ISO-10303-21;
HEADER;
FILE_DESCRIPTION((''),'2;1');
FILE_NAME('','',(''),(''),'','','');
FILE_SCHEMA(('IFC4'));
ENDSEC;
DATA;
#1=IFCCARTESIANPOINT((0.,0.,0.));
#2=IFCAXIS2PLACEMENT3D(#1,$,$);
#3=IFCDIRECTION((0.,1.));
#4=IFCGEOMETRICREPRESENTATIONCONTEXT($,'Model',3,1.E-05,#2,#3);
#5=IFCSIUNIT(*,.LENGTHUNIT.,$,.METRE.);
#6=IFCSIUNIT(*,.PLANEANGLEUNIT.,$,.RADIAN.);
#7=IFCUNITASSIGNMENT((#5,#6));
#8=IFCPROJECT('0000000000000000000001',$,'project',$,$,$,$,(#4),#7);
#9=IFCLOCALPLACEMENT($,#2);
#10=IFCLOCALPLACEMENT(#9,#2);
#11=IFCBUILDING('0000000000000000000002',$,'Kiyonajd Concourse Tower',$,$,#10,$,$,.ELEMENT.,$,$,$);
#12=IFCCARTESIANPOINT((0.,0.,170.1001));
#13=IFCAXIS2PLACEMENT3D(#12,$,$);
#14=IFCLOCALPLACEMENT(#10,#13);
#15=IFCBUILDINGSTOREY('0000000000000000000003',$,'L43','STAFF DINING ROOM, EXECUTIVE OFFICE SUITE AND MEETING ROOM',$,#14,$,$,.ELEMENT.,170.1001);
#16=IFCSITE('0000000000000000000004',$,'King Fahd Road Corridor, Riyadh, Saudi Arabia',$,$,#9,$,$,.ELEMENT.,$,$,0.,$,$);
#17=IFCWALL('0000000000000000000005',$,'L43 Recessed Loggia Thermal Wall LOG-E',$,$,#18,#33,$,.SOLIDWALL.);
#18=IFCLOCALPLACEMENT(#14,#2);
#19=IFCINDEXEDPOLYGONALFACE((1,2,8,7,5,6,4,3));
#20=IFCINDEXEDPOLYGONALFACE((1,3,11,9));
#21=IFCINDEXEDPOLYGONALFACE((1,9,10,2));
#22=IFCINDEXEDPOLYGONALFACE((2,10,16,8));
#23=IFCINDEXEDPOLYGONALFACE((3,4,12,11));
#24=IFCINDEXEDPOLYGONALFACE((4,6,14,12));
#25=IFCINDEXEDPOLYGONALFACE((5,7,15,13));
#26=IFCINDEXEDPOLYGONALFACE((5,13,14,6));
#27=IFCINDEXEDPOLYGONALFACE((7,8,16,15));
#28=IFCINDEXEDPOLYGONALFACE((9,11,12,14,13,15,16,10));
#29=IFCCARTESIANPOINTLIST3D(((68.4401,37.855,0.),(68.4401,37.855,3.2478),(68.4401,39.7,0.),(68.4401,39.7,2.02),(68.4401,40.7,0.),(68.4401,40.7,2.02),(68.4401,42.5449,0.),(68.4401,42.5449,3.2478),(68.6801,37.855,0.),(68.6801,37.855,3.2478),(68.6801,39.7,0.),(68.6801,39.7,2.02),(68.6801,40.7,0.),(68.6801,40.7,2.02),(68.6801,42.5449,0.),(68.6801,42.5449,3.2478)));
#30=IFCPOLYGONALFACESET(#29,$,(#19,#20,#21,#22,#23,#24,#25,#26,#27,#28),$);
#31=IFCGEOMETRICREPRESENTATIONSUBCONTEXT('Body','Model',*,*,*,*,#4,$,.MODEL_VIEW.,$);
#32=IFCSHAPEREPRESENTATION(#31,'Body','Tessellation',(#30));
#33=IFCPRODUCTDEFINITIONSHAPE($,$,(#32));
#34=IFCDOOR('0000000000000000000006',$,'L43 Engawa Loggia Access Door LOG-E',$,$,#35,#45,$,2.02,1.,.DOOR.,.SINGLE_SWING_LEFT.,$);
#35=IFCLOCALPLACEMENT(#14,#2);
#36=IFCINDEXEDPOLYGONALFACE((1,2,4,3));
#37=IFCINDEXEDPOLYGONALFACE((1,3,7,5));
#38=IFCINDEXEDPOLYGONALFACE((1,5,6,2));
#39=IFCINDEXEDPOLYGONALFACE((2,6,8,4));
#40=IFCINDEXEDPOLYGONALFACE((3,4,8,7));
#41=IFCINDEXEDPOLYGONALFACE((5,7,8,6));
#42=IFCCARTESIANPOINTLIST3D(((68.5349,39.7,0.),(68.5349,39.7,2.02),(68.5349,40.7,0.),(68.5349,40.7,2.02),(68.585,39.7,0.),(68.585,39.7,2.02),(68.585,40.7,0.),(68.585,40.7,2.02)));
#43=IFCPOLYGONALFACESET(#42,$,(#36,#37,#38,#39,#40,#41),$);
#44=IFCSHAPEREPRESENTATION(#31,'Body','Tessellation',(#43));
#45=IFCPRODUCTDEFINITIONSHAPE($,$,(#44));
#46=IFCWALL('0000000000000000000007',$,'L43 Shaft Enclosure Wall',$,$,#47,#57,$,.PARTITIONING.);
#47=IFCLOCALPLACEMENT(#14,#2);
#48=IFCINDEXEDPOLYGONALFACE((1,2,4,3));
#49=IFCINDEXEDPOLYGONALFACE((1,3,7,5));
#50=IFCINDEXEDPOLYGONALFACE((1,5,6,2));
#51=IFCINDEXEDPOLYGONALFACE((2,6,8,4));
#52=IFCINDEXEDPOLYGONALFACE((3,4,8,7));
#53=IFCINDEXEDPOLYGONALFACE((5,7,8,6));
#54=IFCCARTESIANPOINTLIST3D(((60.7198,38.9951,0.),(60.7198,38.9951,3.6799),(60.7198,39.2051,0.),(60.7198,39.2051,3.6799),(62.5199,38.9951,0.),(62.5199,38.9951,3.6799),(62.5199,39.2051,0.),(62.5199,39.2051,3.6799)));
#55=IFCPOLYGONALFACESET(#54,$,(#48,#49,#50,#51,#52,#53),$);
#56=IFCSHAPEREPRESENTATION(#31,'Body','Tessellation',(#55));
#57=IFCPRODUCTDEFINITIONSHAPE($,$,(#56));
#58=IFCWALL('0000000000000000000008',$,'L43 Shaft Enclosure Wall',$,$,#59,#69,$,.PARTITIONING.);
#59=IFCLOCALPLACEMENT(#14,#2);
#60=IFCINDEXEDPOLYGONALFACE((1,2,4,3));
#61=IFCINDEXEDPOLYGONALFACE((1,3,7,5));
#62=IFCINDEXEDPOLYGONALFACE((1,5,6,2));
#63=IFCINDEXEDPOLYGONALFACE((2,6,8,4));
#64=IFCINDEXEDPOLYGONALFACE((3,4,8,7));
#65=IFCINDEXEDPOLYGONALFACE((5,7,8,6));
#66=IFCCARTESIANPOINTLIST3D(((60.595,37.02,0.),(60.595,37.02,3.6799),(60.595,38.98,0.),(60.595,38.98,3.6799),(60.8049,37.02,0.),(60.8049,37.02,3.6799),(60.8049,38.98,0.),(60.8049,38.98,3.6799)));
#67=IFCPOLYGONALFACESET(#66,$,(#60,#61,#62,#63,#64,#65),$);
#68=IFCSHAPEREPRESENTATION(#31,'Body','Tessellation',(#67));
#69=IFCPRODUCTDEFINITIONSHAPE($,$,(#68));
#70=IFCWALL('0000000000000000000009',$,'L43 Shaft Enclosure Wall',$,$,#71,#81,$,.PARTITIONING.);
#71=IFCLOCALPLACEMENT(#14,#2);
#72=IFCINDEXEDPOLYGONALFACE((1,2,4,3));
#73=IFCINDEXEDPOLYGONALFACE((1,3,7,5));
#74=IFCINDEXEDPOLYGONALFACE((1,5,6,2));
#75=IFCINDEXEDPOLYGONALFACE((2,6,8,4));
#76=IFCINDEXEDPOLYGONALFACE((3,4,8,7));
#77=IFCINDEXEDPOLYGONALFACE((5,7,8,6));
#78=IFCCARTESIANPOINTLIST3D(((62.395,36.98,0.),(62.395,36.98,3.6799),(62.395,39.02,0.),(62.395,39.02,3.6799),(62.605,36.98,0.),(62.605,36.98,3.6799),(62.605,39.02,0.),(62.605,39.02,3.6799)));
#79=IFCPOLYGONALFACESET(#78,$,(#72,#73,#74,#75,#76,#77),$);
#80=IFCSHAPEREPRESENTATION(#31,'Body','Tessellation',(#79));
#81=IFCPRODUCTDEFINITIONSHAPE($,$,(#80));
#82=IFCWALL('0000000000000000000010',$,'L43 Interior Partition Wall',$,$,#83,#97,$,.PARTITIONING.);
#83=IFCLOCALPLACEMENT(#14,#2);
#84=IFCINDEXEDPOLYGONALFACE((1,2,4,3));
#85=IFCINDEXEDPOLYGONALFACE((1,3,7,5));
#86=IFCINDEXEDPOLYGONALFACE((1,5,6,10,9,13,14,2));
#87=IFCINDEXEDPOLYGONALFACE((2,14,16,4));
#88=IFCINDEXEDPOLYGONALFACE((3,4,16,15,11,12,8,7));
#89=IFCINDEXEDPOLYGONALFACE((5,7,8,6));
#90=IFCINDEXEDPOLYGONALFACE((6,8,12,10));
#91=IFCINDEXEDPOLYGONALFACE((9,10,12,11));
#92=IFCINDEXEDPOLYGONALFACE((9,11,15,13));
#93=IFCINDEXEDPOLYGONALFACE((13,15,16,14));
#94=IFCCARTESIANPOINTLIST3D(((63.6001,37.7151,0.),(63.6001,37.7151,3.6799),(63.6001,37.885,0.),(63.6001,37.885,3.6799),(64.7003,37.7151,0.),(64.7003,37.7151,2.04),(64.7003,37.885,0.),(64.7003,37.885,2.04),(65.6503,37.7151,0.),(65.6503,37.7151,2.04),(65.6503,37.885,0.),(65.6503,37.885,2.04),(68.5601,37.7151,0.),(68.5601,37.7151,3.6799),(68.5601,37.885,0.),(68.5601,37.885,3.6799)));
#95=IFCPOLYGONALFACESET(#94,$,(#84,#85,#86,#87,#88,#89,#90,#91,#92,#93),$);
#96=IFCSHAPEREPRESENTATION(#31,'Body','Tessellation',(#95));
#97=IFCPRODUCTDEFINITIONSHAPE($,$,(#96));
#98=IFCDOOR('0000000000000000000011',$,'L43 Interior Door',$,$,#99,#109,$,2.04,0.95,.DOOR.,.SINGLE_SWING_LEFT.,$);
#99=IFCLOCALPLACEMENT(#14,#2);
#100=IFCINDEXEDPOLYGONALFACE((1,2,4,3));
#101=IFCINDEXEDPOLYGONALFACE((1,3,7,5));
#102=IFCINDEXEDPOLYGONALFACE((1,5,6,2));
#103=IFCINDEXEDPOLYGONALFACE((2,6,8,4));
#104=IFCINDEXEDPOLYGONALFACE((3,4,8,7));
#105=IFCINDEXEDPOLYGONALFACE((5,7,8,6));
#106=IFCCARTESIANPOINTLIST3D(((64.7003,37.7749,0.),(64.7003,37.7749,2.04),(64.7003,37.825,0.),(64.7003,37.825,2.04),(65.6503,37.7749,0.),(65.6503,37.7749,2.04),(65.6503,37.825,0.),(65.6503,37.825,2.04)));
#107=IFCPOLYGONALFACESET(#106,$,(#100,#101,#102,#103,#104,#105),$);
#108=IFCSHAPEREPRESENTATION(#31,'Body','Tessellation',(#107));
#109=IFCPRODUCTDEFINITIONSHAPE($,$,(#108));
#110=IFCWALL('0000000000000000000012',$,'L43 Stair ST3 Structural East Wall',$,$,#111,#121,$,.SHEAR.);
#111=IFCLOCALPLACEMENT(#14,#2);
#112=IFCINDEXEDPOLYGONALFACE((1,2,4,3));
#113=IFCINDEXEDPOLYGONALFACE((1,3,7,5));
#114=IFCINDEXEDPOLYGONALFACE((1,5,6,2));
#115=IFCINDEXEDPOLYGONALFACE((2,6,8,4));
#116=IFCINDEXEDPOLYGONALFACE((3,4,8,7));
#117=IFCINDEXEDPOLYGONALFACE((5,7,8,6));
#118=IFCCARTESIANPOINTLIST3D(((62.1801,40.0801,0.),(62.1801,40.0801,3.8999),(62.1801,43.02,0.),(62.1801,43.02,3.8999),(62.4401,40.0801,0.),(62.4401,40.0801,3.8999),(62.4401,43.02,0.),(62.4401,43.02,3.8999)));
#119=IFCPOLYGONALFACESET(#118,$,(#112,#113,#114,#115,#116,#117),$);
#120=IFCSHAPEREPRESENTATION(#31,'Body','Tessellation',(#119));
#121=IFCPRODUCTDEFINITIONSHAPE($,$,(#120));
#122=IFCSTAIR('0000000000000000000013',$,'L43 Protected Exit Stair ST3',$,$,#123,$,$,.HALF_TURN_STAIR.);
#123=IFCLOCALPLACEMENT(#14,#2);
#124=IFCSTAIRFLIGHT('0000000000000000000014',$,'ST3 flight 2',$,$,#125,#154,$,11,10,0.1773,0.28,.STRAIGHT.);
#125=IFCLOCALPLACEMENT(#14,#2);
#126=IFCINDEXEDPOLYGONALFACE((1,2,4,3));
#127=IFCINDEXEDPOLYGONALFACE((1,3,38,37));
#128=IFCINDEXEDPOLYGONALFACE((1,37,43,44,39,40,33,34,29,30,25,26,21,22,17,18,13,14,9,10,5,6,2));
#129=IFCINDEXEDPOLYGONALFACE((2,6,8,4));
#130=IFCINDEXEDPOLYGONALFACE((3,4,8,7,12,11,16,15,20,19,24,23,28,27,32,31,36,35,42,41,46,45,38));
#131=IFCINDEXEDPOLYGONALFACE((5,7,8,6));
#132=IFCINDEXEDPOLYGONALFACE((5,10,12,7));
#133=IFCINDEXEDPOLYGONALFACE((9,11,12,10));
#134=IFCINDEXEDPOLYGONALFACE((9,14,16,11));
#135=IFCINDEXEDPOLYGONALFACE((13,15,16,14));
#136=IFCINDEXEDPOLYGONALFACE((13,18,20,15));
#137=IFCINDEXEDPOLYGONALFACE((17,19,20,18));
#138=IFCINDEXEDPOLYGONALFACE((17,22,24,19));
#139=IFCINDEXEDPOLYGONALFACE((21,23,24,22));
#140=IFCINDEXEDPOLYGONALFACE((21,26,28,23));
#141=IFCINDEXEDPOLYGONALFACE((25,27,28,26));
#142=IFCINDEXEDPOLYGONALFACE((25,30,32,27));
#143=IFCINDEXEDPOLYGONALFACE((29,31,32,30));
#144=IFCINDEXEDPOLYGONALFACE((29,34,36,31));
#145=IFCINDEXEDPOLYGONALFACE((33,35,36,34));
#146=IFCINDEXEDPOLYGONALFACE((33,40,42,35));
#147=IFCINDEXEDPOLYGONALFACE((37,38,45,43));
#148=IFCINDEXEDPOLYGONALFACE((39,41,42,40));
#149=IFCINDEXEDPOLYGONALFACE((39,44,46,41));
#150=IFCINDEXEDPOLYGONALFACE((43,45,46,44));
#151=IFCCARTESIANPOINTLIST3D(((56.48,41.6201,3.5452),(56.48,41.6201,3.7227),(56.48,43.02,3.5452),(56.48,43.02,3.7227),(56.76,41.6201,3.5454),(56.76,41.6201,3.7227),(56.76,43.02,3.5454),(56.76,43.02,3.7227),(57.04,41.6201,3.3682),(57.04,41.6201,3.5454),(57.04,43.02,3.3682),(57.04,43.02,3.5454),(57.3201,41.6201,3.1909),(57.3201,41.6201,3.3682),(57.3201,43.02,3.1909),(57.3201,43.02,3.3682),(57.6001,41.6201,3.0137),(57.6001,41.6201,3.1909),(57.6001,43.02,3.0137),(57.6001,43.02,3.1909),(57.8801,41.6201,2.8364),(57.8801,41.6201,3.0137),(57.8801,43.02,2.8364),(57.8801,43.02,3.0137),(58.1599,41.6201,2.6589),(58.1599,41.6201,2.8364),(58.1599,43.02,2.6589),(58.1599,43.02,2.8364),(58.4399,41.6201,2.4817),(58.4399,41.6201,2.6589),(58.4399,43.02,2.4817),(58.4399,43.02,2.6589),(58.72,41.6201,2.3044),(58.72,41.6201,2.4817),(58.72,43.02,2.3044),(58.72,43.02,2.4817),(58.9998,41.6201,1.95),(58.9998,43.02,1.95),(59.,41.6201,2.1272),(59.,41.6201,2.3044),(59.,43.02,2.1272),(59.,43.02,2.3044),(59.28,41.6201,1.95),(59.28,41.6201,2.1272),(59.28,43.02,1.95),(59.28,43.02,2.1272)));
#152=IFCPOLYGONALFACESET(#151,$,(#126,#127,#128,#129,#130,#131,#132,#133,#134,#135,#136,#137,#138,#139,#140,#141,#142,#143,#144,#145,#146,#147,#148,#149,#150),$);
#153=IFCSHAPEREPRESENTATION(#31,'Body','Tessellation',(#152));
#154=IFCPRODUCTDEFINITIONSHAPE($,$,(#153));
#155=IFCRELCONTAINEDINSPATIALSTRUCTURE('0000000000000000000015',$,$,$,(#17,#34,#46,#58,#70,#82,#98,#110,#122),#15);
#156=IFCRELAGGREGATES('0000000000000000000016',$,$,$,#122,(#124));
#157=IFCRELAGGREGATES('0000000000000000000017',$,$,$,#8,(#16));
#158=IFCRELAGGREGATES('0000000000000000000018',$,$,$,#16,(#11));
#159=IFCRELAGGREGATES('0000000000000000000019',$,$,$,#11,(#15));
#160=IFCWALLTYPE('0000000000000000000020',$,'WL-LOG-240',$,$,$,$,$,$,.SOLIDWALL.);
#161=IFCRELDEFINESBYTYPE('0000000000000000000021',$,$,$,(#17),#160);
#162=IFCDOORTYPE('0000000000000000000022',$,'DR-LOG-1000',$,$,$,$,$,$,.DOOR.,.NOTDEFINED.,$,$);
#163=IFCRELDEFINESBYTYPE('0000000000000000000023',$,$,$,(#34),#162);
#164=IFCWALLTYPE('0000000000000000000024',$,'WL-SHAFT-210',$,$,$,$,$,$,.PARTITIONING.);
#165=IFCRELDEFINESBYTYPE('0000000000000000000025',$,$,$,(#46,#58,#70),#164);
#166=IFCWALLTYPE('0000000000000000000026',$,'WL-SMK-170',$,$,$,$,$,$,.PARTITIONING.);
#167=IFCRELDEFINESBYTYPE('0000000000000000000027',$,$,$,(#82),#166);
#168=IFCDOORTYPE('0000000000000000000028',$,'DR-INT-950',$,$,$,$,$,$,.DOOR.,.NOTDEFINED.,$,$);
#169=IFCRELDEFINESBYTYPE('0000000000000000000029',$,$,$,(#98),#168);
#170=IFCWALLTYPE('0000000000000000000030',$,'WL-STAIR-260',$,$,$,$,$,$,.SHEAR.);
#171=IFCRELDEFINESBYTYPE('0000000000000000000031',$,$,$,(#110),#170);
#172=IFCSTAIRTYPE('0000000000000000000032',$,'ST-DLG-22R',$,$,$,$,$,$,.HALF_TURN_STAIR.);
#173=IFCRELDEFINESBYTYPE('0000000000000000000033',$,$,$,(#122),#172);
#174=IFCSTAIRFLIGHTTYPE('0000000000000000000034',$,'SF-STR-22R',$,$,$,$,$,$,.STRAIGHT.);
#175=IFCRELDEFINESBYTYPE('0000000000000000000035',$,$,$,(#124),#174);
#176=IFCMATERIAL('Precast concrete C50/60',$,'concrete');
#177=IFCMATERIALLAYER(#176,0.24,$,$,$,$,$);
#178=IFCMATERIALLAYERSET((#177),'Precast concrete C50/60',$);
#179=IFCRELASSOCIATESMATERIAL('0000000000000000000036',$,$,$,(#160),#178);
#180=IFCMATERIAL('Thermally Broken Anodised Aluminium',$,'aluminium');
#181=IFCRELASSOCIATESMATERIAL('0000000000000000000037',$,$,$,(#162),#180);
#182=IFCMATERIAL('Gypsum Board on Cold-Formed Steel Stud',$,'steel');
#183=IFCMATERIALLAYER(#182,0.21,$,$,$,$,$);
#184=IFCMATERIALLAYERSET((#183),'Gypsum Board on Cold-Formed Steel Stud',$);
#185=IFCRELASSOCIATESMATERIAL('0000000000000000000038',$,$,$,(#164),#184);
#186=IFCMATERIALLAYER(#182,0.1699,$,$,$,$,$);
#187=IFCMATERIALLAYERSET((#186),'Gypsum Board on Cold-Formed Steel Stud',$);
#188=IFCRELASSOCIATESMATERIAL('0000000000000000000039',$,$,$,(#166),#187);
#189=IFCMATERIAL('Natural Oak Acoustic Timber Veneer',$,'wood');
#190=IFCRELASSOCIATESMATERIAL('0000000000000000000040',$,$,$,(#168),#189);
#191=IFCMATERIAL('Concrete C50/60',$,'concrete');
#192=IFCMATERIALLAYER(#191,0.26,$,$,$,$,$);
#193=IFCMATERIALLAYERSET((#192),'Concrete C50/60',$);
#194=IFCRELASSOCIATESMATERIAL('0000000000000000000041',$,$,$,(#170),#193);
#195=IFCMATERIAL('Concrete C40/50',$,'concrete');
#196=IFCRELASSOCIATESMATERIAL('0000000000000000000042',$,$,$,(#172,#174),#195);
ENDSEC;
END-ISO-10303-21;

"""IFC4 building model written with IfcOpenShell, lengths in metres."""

from ifc_helpers import new_model, si_unit, direction, frame, frame_2d, origin, place, context, subcontext, project, spatial, polyline, rectangle, outline, extrude, material, layer, layer_set, type_object, element, fill, aggregate, save


model = new_model("IFC4")

# Units and contexts
model_context = context("Model", 3, precision=1e-05, world=origin(), true_north=direction((0.0, 1.0)))
body_context = subcontext(model_context, "Body", "Model", "MODEL_VIEW")
ifc_project = project(units=[si_unit("LENGTHUNIT", "METRE"), si_unit("PLANEANGLEUNIT", "RADIAN")], contexts=[model_context])

# Site, building, storey
site_placement = place(None, origin())
site = spatial("IfcSite", under=ifc_project, at=site_placement, Name="King Fahd Road Corridor, Riyadh, Saudi Arabia", CompositionType="ELEMENT", RefElevation=0.0)
building_placement = place(site_placement, origin())
building = spatial("IfcBuilding", under=site, at=building_placement, Name="Kiyonajd Concourse Tower", CompositionType="ELEMENT")
storey_placement = place(building_placement, frame((0.0, 0.0, 170.1001)))
storey = spatial("IfcBuildingStorey", under=building, at=storey_placement, Name="L43", Description="STAFF DINING ROOM, EXECUTIVE OFFICE SUITE AND MEETING ROOM", CompositionType="ELEMENT", Elevation=170.1001)

# Shared definitions
ifc_material_1 = material(Name="Thermally Broken Anodised Aluminium", Category="aluminium")

# Shared definitions
ifc_material_2 = material(Name="Precast concrete C50/60", Category="concrete")

# Wall, opening, door
ifc_layer_1 = layer(ifc_material_2, 0.24)
ifc_layer_set_1 = layer_set([ifc_layer_1], Name="Precast concrete C50/60")
wall_type_1 = type_object("IfcWallType", Name="WL-LOG-240", PredefinedType="SOLIDWALL", material=ifc_layer_set_1)
wall_1_placement = place(storey_placement, frame((68.5601, 42.5449, 0.0), z_axis=(0.0, 0.0, 1.0), x_axis=(0.0, -1.0, 0.0)))
wall_1 = element("IfcWall", 1, at=wall_1_placement, inside=storey, type_object=wall_type_1, Name="L43 Recessed Loggia Thermal Wall LOG-E", PredefinedType="SOLIDWALL", context=body_context, shape_type="SweptSolid", body=[
    extrude(rectangle(XDim=4.6899, YDim=0.24, at=frame_2d((2.345, 0.0))), origin(), (0.0, 0.0, 1.0), 3.2478),
])
opening_1_placement = place(wall_1_placement, frame((1.845, 0.0, 0.0)))
opening_1 = element("IfcOpeningElement", 2, at=opening_1_placement, cuts=wall_1, PredefinedType="OPENING", context=body_context, shape_type="SweptSolid", body=[
    extrude(rectangle(XDim=1.0, YDim=2.02, at=frame_2d((0.5, 1.01))), frame((0.0, 0.1299, 0.0), z_axis=(0.0, -1.0, 0.0), x_axis=(1.0, 0.0, 0.0)), (0.0, 0.0, 1.0), 0.26),
])
door_type_1 = type_object("IfcDoorType", Name="DR-LOG-1000", OperationType="NOTDEFINED", PredefinedType="DOOR", material=ifc_material_1)
door_1_placement = place(opening_1_placement, origin())
door_1 = element("IfcDoor", 3, at=door_1_placement, inside=storey, type_object=door_type_1, Name="L43 Engawa Loggia Access Door LOG-E", OperationType="SINGLE_SWING_LEFT", OverallHeight=2.02, OverallWidth=1.0, PredefinedType="DOOR", context=body_context, shape_type="SweptSolid", body=[
    extrude(rectangle(XDim=1.0, YDim=2.02, at=frame_2d((0.5, 1.01))), frame((0.0, 0.0249, 0.0), z_axis=(0.0, -1.0, 0.0), x_axis=(1.0, 0.0, 0.0)), (0.0, 0.0, 1.0), 0.05),
])
fill(opening_1, door_1)

# Walls
ifc_material_3 = material(Name="Gypsum Board on Cold-Formed Steel Stud", Category="steel")
ifc_layer_2 = layer(ifc_material_3, 0.21)
ifc_layer_set_2 = layer_set([ifc_layer_2], Name="Gypsum Board on Cold-Formed Steel Stud")
wall_type_2 = type_object("IfcWallType", Name="WL-SHAFT-210", PredefinedType="PARTITIONING", material=ifc_layer_set_2)
wall_2_placement = place(storey_placement, frame((60.72, 39.1001, 0.0), z_axis=(0.0, 0.0, 1.0), x_axis=(1.0, 0.0, 0.0)))
element("IfcWall", 4, at=wall_2_placement, inside=storey, type_object=wall_type_2, Name="L43 Shaft Enclosure Wall", PredefinedType="PARTITIONING", context=body_context, shape_type="SweptSolid", body=[
    extrude(rectangle(XDim=1.8, YDim=0.21, at=frame_2d((0.8999, 0.0))), origin(), (0.0, 0.0, 1.0), 3.6799),
])
wall_3_placement = place(storey_placement, frame((60.7, 37.02, 0.0), z_axis=(0.0, 0.0, 1.0), x_axis=(0.0, 1.0, 0.0)))
element("IfcWall", 5, at=wall_3_placement, inside=storey, type_object=wall_type_2, Name="L43 Shaft Enclosure Wall", PredefinedType="PARTITIONING", context=body_context, shape_type="SweptSolid", body=[
    extrude(rectangle(XDim=1.96, YDim=0.21, at=frame_2d((0.98, 0.0))), origin(), (0.0, 0.0, 1.0), 3.6799),
])
wall_4_placement = place(storey_placement, frame((62.5, 36.98, 0.0), z_axis=(0.0, 0.0, 1.0), x_axis=(0.0, 1.0, 0.0)))
element("IfcWall", 6, at=wall_4_placement, inside=storey, type_object=wall_type_2, Name="L43 Shaft Enclosure Wall", PredefinedType="PARTITIONING", context=body_context, shape_type="SweptSolid", body=[
    extrude(rectangle(XDim=2.04, YDim=0.21, at=frame_2d((1.02, 0.0))), origin(), (0.0, 0.0, 1.0), 3.6799),
])

# Wall, opening, door
ifc_layer_3 = layer(ifc_material_3, 0.1699)
ifc_layer_set_3 = layer_set([ifc_layer_3], Name="Gypsum Board on Cold-Formed Steel Stud")
wall_type_3 = type_object("IfcWallType", Name="WL-SMK-170", PredefinedType="PARTITIONING", material=ifc_layer_set_3)
wall_5_placement = place(storey_placement, frame((63.6001, 37.8, 0.0), z_axis=(0.0, 0.0, 1.0), x_axis=(1.0, 0.0, 0.0)))
wall_5 = element("IfcWall", 7, at=wall_5_placement, inside=storey, type_object=wall_type_3, Name="L43 Interior Partition Wall", PredefinedType="PARTITIONING", context=body_context, shape_type="SweptSolid", body=[
    extrude(rectangle(XDim=4.96, YDim=0.1699, at=frame_2d((2.48, 0.0))), origin(), (0.0, 0.0, 1.0), 3.6799),
])
opening_2_placement = place(wall_5_placement, frame((1.1001, 0.0, 0.0)))
opening_2 = element("IfcOpeningElement", 8, at=opening_2_placement, cuts=wall_5, PredefinedType="OPENING", context=body_context, shape_type="SweptSolid", body=[
    extrude(rectangle(XDim=0.95, YDim=2.04, at=frame_2d((0.4751, 1.02))), frame((0.0, 0.095, 0.0), z_axis=(0.0, -1.0, 0.0), x_axis=(1.0, 0.0, 0.0)), (0.0, 0.0, 1.0), 0.1899),
])
ifc_material_4 = material(Name="Natural Oak Acoustic Timber Veneer", Category="wood")
door_type_2 = type_object("IfcDoorType", Name="DR-INT-950", OperationType="NOTDEFINED", PredefinedType="DOOR", material=ifc_material_4)
door_2_placement = place(opening_2_placement, origin())
door_2 = element("IfcDoor", 9, at=door_2_placement, inside=storey, type_object=door_type_2, Name="L43 Interior Door", OperationType="SINGLE_SWING_LEFT", OverallHeight=2.04, OverallWidth=0.95, PredefinedType="DOOR", context=body_context, shape_type="SweptSolid", body=[
    extrude(rectangle(XDim=0.95, YDim=2.04, at=frame_2d((0.4751, 1.02))), frame((0.0, 0.0249, 0.0), z_axis=(0.0, -1.0, 0.0), x_axis=(1.0, 0.0, 0.0)), (0.0, 0.0, 1.0), 0.05),
])
fill(opening_2, door_2)

# Wall
ifc_material_5 = material(Name="Concrete C50/60", Category="concrete")
ifc_layer_4 = layer(ifc_material_5, 0.26)
ifc_layer_set_4 = layer_set([ifc_layer_4], Name="Concrete C50/60")
wall_type_4 = type_object("IfcWallType", Name="WL-STAIR-260", PredefinedType="SHEAR", material=ifc_layer_set_4)
wall_6_placement = place(storey_placement, frame((62.3101, 40.0801, 0.0), z_axis=(0.0, 0.0, 1.0), x_axis=(0.0, 1.0, 0.0)))
element("IfcWall", 10, at=wall_6_placement, inside=storey, type_object=wall_type_4, Name="L43 Stair ST3 Structural East Wall", PredefinedType="SHEAR", context=body_context, shape_type="SweptSolid", body=[
    extrude(rectangle(XDim=2.9399, YDim=0.26, at=frame_2d((1.47, 0.0))), origin(), (0.0, 0.0, 1.0), 3.8999),
])

# Stair, stair flight
ifc_material_6 = material(Name="Concrete C40/50", Category="concrete")
stair_type = type_object("IfcStairType", Name="ST-DLG-22R", PredefinedType="HALF_TURN_STAIR", material=ifc_material_6)
stair_placement = place(storey_placement, origin())
stair = element("IfcStair", 11, at=stair_placement, inside=storey, type_object=stair_type, Name="L43 Protected Exit Stair ST3", PredefinedType="HALF_TURN_STAIR")
stair_flight_type = type_object("IfcStairFlightType", Name="SF-STR-22R", PredefinedType="STRAIGHT", material=ifc_material_6)
stair_flight_placement = place(storey_placement, frame((59.28, 42.3201, 1.95), z_axis=(0.0, 0.0, 1.0), x_axis=(-1.0, 0.0, 0.0)))
stair_flight = element("IfcStairFlight", 12, at=stair_flight_placement, type_object=stair_flight_type, Name="ST3 flight 2", NumberOfRisers=11, NumberOfTreads=10, PredefinedType="STRAIGHT", RiserHeight=0.1773, TreadLength=0.28, context=body_context, shape_type="SweptSolid", body=[
    extrude(outline(polyline([(0.0, 0.0), (0.0, 0.1772), (0.28, 0.1772), (0.28, 0.3545), (0.5601, 0.3545), (0.5601, 0.5317), (0.8401, 0.5317), (0.8401, 0.709), (1.1201, 0.709), (1.1201, 0.8865), (1.3999, 0.8865), (1.3999, 1.0637), (1.6799, 1.0637), (1.6799, 1.241), (1.96, 1.241), (1.96, 1.4182), (2.24, 1.4182), (2.24, 1.5955), (2.52, 1.5955), (2.52, 1.7727), (2.8, 1.7727), (2.8, 1.95), (2.8, 1.5952), (0.2803, 0.0), (0.0, 0.0)])), frame((0.0, 0.7, 0.0), z_axis=(0.0, -1.0, 0.0), x_axis=(1.0, 0.0, 0.0)), (0.0, 0.0, 1.0), 1.3999),
])
aggregate(stair, [stair_flight])

save(model, "model.ifc")
